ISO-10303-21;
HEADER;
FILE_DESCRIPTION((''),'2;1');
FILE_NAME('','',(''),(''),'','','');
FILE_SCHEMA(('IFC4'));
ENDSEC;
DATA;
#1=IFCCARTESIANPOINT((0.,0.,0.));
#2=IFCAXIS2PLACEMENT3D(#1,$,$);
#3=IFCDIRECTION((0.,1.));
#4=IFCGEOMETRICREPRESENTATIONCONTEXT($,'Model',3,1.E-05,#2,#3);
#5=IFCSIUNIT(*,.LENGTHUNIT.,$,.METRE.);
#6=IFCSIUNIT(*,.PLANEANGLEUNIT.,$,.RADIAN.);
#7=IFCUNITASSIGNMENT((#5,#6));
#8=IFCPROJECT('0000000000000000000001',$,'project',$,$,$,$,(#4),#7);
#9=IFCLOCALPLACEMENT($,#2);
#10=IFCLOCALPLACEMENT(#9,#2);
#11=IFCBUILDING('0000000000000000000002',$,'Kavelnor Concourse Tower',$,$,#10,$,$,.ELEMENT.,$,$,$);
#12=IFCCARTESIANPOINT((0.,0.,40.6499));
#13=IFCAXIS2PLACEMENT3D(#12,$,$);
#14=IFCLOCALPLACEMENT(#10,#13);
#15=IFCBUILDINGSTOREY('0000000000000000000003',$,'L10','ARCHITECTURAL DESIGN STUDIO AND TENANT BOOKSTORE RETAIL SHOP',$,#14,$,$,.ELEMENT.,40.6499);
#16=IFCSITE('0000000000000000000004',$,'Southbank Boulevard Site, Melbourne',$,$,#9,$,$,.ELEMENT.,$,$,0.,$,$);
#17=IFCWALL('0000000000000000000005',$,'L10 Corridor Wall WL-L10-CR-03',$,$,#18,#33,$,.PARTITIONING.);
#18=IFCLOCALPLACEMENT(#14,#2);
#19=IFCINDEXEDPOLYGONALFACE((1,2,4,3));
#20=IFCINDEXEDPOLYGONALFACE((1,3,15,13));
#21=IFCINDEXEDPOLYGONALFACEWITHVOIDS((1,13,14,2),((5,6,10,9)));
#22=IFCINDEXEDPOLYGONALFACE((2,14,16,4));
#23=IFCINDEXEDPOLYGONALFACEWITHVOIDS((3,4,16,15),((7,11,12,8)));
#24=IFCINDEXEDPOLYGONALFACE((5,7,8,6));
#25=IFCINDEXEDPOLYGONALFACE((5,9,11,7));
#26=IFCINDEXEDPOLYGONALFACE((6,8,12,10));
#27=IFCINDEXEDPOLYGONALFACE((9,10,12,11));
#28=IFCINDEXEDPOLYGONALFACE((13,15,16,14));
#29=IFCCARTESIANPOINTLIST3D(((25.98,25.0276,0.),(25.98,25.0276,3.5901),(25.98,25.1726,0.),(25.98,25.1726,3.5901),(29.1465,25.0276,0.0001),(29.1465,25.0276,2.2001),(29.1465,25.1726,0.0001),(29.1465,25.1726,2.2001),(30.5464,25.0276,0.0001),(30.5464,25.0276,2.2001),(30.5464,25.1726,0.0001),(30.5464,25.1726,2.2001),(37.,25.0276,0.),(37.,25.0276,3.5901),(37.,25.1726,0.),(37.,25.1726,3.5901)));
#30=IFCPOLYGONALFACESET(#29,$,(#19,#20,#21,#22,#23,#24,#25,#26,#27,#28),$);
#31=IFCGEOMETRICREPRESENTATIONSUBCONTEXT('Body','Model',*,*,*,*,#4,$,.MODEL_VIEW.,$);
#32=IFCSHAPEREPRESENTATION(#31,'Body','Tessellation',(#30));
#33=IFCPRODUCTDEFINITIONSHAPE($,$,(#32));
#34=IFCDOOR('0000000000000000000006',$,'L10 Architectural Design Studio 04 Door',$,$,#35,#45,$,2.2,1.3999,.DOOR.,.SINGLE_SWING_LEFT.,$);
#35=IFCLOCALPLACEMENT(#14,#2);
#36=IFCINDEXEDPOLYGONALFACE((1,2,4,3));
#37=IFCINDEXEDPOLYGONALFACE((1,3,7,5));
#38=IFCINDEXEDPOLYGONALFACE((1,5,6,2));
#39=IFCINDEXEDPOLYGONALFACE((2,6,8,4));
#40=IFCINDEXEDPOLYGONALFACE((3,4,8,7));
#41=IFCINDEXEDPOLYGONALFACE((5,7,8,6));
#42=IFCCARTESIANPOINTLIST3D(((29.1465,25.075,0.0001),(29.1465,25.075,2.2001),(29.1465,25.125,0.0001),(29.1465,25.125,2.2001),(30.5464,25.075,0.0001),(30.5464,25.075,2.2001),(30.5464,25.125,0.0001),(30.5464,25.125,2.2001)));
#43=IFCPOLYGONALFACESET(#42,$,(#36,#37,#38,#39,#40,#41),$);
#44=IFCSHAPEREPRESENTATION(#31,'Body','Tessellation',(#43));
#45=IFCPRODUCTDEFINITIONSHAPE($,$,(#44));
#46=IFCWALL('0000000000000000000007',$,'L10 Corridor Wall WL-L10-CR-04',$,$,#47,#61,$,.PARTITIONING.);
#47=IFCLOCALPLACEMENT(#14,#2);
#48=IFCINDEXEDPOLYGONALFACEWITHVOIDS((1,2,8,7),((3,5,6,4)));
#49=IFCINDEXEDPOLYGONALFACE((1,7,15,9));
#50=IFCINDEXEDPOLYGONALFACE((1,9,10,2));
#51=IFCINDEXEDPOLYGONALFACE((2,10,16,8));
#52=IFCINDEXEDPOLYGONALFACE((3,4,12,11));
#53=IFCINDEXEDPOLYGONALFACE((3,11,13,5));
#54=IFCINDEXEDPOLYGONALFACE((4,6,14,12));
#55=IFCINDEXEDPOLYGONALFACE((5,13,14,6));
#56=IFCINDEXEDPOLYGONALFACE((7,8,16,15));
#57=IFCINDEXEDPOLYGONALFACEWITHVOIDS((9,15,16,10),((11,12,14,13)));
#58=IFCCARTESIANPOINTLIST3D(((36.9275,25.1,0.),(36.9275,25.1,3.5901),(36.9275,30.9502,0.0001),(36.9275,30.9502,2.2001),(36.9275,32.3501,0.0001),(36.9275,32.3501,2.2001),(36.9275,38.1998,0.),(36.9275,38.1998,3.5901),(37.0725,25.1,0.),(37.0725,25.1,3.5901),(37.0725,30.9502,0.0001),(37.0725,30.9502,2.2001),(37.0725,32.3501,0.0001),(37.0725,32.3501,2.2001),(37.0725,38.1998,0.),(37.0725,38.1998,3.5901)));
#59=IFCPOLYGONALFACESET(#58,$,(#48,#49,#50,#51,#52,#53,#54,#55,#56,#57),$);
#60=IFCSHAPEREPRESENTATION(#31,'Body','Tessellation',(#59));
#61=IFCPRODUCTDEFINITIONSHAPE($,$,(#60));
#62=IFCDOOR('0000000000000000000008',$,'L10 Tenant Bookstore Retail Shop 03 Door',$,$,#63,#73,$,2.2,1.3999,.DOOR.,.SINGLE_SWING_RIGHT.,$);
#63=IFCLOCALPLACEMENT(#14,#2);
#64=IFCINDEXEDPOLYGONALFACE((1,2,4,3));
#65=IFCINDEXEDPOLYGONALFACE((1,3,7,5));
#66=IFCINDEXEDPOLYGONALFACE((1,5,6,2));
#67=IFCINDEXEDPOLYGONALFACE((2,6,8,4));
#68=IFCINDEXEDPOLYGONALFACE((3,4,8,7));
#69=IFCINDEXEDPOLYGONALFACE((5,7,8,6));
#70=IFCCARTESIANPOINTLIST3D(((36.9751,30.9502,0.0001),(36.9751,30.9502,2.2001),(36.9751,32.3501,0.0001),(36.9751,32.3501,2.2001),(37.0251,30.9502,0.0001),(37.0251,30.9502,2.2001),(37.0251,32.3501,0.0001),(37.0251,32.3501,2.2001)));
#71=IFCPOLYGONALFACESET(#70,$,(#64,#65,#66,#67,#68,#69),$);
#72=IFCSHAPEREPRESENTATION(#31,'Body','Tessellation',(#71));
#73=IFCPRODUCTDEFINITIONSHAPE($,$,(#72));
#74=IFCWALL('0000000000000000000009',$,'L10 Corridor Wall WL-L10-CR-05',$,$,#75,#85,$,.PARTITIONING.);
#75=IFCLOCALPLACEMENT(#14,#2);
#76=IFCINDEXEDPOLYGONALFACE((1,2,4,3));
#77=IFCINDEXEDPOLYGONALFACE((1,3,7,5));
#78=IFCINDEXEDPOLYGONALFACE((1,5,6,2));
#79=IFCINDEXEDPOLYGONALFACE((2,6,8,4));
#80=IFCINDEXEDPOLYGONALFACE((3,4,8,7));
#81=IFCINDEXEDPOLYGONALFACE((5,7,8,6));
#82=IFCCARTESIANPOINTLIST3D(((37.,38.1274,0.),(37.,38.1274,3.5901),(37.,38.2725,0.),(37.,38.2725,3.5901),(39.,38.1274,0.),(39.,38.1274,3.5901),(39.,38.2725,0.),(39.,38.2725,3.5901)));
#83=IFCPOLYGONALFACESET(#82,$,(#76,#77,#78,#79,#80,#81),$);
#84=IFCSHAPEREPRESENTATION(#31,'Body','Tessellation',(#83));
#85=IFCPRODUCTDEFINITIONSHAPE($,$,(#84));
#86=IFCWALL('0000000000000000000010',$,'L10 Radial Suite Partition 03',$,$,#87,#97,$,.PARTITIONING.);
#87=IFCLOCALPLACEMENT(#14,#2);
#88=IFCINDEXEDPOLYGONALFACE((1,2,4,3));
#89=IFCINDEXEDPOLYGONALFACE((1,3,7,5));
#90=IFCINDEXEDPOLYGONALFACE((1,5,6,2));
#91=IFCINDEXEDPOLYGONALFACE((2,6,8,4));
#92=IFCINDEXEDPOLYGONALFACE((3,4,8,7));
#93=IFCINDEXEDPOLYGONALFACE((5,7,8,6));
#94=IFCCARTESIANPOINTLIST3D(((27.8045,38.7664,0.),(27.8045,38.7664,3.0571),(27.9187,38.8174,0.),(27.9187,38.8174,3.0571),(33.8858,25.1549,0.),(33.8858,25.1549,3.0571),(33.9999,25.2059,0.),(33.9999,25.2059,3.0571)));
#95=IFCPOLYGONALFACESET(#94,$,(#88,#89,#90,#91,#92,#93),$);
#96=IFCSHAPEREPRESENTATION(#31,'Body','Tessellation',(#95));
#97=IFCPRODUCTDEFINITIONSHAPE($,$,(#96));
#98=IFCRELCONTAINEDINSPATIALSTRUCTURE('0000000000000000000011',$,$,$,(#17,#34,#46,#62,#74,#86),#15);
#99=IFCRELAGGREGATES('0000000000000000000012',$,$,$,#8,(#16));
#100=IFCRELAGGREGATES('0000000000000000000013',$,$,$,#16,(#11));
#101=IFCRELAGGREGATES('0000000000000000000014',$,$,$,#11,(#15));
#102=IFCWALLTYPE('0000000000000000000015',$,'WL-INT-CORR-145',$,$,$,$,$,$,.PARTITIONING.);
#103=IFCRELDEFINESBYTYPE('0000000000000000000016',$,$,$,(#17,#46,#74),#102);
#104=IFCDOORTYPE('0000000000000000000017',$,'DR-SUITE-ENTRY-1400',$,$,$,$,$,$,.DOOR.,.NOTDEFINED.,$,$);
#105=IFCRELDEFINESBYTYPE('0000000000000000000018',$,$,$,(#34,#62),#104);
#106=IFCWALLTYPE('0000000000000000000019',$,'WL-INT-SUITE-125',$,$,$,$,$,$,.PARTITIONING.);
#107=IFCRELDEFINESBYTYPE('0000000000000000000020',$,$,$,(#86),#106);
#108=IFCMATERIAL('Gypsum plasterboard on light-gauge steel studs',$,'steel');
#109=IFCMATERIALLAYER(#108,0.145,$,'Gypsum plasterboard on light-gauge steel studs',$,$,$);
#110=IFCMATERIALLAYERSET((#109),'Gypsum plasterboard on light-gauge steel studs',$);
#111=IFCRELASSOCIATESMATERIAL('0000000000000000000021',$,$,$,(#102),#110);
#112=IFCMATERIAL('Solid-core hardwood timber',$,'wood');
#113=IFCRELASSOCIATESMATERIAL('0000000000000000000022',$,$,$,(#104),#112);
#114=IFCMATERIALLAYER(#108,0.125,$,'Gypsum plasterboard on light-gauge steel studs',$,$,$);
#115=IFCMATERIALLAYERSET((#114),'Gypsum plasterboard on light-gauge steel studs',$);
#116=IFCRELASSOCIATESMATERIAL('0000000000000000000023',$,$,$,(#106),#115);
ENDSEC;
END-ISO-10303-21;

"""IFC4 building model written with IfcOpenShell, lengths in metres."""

from ifc_helpers import new_model, si_unit, direction, frame, frame_2d, origin, place, context, subcontext, project, spatial, rectangle, extrude, material, layer, layer_set, type_object, element, fill, save


model = new_model("IFC4")

# Units and contexts
model_context = context("Model", 3, precision=1e-05, world=origin(), true_north=direction((0.0, 1.0)))
body_context = subcontext(model_context, "Body", "Model", "MODEL_VIEW")
ifc_project = project(units=[si_unit("LENGTHUNIT", "METRE"), si_unit("PLANEANGLEUNIT", "RADIAN")], contexts=[model_context])

# Site, building, storey
site_placement = place(None, origin())
site = spatial("IfcSite", under=ifc_project, at=site_placement, Name="Southbank Boulevard Site, Melbourne", CompositionType="ELEMENT", RefElevation=0.0)
building_placement = place(site_placement, origin())
building = spatial("IfcBuilding", under=site, at=building_placement, Name="Kavelnor Concourse Tower", CompositionType="ELEMENT")
storey_placement = place(building_placement, frame((0.0, 0.0, 40.6499)))
storey = spatial("IfcBuildingStorey", under=building, at=storey_placement, Name="L10", Description="ARCHITECTURAL DESIGN STUDIO AND TENANT BOOKSTORE RETAIL SHOP", CompositionType="ELEMENT", Elevation=40.6499)

# Walls, openings, doors
ifc_material_1 = material(Name="Gypsum plasterboard on light-gauge steel studs", Category="steel")
ifc_layer_1 = layer(ifc_material_1, 0.145, Name="Gypsum plasterboard on light-gauge steel studs")
ifc_layer_set_1 = layer_set([ifc_layer_1], Name="Gypsum plasterboard on light-gauge steel studs")
wall_type_1 = type_object("IfcWallType", Name="WL-INT-CORR-145", PredefinedType="PARTITIONING", material=ifc_layer_set_1)
wall_1_placement = place(storey_placement, frame((25.98, 25.1001, 0.0), z_axis=(0.0, 0.0, 1.0), x_axis=(1.0, 0.0, 0.0)))
wall_1 = element("IfcWall", 1, at=wall_1_placement, inside=storey, type_object=wall_type_1, Name="L10 Corridor Wall WL-L10-CR-03", PredefinedType="PARTITIONING", context=body_context, shape_type="SweptSolid", body=[
    extrude(rectangle(XDim=11.02, YDim=0.145, at=frame_2d((5.51, 0.0))), origin(), (0.0, 0.0, 1.0), 3.5901),
])
opening_1_placement = place(wall_1_placement, frame((3.1665, 0.0, 0.0)))
opening_1 = element("IfcOpeningElement", 2, at=opening_1_placement, cuts=wall_1, PredefinedType="OPENING", context=body_context, shape_type="SweptSolid", body=[
    extrude(rectangle(XDim=1.3999, YDim=2.2, at=frame_2d((0.7, 1.1001))), frame((0.0, 0.0825, 0.0), z_axis=(0.0, -1.0, 0.0), x_axis=(1.0, 0.0, 0.0)), (0.0, 0.0, 1.0), 0.165),
])
ifc_material_2 = material(Name="Solid-core hardwood timber", Category="wood")
door_type = type_object("IfcDoorType", Name="DR-SUITE-ENTRY-1400", OperationType="NOTDEFINED", PredefinedType="DOOR", material=ifc_material_2)
door_1_placement = place(opening_1_placement, origin())
door_1 = element("IfcDoor", 3, at=door_1_placement, inside=storey, type_object=door_type, Name="L10 Architectural Design Studio 04 Door", OperationType="SINGLE_SWING_LEFT", OverallHeight=2.2, OverallWidth=1.3999, PredefinedType="DOOR", context=body_context, shape_type="SweptSolid", body=[
    extrude(rectangle(XDim=1.3999, YDim=2.2, at=frame_2d((0.7, 1.1001))), frame((0.0, 0.0249, 0.0), z_axis=(0.0, -1.0, 0.0), x_axis=(1.0, 0.0, 0.0)), (0.0, 0.0, 1.0), 0.05),
])
fill(opening_1, door_1)
wall_2_placement = place(storey_placement, frame((37.0, 25.1001, 0.0), z_axis=(0.0, 0.0, 1.0), x_axis=(0.0, 1.0, 0.0)))
wall_2 = element("IfcWall", 4, at=wall_2_placement, inside=storey, type_object=wall_type_1, Name="L10 Corridor Wall WL-L10-CR-04", PredefinedType="PARTITIONING", context=body_context, shape_type="SweptSolid", body=[
    extrude(rectangle(XDim=13.0999, YDim=0.145, at=frame_2d((6.5498, 0.0))), origin(), (0.0, 0.0, 1.0), 3.5901),
])
opening_2_placement = place(wall_2_placement, frame((5.8501, 0.0, 0.0)))
opening_2 = element("IfcOpeningElement", 5, at=opening_2_placement, cuts=wall_2, PredefinedType="OPENING", context=body_context, shape_type="SweptSolid", body=[
    extrude(rectangle(XDim=1.3999, YDim=2.2, at=frame_2d((0.7, 1.1001))), frame((0.0, 0.0825, 0.0), z_axis=(0.0, -1.0, 0.0), x_axis=(1.0, 0.0, 0.0)), (0.0, 0.0, 1.0), 0.165),
])
door_2_placement = place(opening_2_placement, origin())
door_2 = element("IfcDoor", 6, at=door_2_placement, inside=storey, type_object=door_type, Name="L10 Tenant Bookstore Retail Shop 03 Door", OperationType="SINGLE_SWING_RIGHT", OverallHeight=2.2, OverallWidth=1.3999, PredefinedType="DOOR", context=body_context, shape_type="SweptSolid", body=[
    extrude(rectangle(XDim=1.3999, YDim=2.2, at=frame_2d((0.7, 1.1001))), frame((0.0, 0.0249, 0.0), z_axis=(0.0, -1.0, 0.0), x_axis=(1.0, 0.0, 0.0)), (0.0, 0.0, 1.0), 0.05),
])
fill(opening_2, door_2)

# Walls
wall_3_placement = place(storey_placement, frame((37.0, 38.2, 0.0), z_axis=(0.0, 0.0, 1.0), x_axis=(1.0, 0.0, 0.0)))
element("IfcWall", 7, at=wall_3_placement, inside=storey, type_object=wall_type_1, Name="L10 Corridor Wall WL-L10-CR-05", PredefinedType="PARTITIONING", context=body_context, shape_type="SweptSolid", body=[
    extrude(rectangle(XDim=2.0, YDim=0.145, at=frame_2d((1.0, 0.0))), origin(), (0.0, 0.0, 1.0), 3.5901),
])
ifc_layer_2 = layer(ifc_material_1, 0.125, Name="Gypsum plasterboard on light-gauge steel studs")
ifc_layer_set_2 = layer_set([ifc_layer_2], Name="Gypsum plasterboard on light-gauge steel studs")
wall_type_2 = type_object("IfcWallType", Name="WL-INT-SUITE-125", PredefinedType="PARTITIONING", material=ifc_layer_set_2)
wall_4_placement = place(storey_placement, frame((33.9429, 25.1804, 0.0), z_axis=(0.0, 0.0, 1.0), x_axis=(-0.407914, 0.91302, 0.0)))
element("IfcWall", 8, at=wall_4_placement, inside=storey, type_object=wall_type_2, Name="L10 Radial Suite Partition 03", PredefinedType="PARTITIONING", context=body_context, shape_type="SweptSolid", body=[
    extrude(rectangle(XDim=14.9082, YDim=0.125, at=frame_2d((7.4541, 0.0))), origin(), (0.0, 0.0, 1.0), 3.0571),
])

save(model, "model.ifc")
